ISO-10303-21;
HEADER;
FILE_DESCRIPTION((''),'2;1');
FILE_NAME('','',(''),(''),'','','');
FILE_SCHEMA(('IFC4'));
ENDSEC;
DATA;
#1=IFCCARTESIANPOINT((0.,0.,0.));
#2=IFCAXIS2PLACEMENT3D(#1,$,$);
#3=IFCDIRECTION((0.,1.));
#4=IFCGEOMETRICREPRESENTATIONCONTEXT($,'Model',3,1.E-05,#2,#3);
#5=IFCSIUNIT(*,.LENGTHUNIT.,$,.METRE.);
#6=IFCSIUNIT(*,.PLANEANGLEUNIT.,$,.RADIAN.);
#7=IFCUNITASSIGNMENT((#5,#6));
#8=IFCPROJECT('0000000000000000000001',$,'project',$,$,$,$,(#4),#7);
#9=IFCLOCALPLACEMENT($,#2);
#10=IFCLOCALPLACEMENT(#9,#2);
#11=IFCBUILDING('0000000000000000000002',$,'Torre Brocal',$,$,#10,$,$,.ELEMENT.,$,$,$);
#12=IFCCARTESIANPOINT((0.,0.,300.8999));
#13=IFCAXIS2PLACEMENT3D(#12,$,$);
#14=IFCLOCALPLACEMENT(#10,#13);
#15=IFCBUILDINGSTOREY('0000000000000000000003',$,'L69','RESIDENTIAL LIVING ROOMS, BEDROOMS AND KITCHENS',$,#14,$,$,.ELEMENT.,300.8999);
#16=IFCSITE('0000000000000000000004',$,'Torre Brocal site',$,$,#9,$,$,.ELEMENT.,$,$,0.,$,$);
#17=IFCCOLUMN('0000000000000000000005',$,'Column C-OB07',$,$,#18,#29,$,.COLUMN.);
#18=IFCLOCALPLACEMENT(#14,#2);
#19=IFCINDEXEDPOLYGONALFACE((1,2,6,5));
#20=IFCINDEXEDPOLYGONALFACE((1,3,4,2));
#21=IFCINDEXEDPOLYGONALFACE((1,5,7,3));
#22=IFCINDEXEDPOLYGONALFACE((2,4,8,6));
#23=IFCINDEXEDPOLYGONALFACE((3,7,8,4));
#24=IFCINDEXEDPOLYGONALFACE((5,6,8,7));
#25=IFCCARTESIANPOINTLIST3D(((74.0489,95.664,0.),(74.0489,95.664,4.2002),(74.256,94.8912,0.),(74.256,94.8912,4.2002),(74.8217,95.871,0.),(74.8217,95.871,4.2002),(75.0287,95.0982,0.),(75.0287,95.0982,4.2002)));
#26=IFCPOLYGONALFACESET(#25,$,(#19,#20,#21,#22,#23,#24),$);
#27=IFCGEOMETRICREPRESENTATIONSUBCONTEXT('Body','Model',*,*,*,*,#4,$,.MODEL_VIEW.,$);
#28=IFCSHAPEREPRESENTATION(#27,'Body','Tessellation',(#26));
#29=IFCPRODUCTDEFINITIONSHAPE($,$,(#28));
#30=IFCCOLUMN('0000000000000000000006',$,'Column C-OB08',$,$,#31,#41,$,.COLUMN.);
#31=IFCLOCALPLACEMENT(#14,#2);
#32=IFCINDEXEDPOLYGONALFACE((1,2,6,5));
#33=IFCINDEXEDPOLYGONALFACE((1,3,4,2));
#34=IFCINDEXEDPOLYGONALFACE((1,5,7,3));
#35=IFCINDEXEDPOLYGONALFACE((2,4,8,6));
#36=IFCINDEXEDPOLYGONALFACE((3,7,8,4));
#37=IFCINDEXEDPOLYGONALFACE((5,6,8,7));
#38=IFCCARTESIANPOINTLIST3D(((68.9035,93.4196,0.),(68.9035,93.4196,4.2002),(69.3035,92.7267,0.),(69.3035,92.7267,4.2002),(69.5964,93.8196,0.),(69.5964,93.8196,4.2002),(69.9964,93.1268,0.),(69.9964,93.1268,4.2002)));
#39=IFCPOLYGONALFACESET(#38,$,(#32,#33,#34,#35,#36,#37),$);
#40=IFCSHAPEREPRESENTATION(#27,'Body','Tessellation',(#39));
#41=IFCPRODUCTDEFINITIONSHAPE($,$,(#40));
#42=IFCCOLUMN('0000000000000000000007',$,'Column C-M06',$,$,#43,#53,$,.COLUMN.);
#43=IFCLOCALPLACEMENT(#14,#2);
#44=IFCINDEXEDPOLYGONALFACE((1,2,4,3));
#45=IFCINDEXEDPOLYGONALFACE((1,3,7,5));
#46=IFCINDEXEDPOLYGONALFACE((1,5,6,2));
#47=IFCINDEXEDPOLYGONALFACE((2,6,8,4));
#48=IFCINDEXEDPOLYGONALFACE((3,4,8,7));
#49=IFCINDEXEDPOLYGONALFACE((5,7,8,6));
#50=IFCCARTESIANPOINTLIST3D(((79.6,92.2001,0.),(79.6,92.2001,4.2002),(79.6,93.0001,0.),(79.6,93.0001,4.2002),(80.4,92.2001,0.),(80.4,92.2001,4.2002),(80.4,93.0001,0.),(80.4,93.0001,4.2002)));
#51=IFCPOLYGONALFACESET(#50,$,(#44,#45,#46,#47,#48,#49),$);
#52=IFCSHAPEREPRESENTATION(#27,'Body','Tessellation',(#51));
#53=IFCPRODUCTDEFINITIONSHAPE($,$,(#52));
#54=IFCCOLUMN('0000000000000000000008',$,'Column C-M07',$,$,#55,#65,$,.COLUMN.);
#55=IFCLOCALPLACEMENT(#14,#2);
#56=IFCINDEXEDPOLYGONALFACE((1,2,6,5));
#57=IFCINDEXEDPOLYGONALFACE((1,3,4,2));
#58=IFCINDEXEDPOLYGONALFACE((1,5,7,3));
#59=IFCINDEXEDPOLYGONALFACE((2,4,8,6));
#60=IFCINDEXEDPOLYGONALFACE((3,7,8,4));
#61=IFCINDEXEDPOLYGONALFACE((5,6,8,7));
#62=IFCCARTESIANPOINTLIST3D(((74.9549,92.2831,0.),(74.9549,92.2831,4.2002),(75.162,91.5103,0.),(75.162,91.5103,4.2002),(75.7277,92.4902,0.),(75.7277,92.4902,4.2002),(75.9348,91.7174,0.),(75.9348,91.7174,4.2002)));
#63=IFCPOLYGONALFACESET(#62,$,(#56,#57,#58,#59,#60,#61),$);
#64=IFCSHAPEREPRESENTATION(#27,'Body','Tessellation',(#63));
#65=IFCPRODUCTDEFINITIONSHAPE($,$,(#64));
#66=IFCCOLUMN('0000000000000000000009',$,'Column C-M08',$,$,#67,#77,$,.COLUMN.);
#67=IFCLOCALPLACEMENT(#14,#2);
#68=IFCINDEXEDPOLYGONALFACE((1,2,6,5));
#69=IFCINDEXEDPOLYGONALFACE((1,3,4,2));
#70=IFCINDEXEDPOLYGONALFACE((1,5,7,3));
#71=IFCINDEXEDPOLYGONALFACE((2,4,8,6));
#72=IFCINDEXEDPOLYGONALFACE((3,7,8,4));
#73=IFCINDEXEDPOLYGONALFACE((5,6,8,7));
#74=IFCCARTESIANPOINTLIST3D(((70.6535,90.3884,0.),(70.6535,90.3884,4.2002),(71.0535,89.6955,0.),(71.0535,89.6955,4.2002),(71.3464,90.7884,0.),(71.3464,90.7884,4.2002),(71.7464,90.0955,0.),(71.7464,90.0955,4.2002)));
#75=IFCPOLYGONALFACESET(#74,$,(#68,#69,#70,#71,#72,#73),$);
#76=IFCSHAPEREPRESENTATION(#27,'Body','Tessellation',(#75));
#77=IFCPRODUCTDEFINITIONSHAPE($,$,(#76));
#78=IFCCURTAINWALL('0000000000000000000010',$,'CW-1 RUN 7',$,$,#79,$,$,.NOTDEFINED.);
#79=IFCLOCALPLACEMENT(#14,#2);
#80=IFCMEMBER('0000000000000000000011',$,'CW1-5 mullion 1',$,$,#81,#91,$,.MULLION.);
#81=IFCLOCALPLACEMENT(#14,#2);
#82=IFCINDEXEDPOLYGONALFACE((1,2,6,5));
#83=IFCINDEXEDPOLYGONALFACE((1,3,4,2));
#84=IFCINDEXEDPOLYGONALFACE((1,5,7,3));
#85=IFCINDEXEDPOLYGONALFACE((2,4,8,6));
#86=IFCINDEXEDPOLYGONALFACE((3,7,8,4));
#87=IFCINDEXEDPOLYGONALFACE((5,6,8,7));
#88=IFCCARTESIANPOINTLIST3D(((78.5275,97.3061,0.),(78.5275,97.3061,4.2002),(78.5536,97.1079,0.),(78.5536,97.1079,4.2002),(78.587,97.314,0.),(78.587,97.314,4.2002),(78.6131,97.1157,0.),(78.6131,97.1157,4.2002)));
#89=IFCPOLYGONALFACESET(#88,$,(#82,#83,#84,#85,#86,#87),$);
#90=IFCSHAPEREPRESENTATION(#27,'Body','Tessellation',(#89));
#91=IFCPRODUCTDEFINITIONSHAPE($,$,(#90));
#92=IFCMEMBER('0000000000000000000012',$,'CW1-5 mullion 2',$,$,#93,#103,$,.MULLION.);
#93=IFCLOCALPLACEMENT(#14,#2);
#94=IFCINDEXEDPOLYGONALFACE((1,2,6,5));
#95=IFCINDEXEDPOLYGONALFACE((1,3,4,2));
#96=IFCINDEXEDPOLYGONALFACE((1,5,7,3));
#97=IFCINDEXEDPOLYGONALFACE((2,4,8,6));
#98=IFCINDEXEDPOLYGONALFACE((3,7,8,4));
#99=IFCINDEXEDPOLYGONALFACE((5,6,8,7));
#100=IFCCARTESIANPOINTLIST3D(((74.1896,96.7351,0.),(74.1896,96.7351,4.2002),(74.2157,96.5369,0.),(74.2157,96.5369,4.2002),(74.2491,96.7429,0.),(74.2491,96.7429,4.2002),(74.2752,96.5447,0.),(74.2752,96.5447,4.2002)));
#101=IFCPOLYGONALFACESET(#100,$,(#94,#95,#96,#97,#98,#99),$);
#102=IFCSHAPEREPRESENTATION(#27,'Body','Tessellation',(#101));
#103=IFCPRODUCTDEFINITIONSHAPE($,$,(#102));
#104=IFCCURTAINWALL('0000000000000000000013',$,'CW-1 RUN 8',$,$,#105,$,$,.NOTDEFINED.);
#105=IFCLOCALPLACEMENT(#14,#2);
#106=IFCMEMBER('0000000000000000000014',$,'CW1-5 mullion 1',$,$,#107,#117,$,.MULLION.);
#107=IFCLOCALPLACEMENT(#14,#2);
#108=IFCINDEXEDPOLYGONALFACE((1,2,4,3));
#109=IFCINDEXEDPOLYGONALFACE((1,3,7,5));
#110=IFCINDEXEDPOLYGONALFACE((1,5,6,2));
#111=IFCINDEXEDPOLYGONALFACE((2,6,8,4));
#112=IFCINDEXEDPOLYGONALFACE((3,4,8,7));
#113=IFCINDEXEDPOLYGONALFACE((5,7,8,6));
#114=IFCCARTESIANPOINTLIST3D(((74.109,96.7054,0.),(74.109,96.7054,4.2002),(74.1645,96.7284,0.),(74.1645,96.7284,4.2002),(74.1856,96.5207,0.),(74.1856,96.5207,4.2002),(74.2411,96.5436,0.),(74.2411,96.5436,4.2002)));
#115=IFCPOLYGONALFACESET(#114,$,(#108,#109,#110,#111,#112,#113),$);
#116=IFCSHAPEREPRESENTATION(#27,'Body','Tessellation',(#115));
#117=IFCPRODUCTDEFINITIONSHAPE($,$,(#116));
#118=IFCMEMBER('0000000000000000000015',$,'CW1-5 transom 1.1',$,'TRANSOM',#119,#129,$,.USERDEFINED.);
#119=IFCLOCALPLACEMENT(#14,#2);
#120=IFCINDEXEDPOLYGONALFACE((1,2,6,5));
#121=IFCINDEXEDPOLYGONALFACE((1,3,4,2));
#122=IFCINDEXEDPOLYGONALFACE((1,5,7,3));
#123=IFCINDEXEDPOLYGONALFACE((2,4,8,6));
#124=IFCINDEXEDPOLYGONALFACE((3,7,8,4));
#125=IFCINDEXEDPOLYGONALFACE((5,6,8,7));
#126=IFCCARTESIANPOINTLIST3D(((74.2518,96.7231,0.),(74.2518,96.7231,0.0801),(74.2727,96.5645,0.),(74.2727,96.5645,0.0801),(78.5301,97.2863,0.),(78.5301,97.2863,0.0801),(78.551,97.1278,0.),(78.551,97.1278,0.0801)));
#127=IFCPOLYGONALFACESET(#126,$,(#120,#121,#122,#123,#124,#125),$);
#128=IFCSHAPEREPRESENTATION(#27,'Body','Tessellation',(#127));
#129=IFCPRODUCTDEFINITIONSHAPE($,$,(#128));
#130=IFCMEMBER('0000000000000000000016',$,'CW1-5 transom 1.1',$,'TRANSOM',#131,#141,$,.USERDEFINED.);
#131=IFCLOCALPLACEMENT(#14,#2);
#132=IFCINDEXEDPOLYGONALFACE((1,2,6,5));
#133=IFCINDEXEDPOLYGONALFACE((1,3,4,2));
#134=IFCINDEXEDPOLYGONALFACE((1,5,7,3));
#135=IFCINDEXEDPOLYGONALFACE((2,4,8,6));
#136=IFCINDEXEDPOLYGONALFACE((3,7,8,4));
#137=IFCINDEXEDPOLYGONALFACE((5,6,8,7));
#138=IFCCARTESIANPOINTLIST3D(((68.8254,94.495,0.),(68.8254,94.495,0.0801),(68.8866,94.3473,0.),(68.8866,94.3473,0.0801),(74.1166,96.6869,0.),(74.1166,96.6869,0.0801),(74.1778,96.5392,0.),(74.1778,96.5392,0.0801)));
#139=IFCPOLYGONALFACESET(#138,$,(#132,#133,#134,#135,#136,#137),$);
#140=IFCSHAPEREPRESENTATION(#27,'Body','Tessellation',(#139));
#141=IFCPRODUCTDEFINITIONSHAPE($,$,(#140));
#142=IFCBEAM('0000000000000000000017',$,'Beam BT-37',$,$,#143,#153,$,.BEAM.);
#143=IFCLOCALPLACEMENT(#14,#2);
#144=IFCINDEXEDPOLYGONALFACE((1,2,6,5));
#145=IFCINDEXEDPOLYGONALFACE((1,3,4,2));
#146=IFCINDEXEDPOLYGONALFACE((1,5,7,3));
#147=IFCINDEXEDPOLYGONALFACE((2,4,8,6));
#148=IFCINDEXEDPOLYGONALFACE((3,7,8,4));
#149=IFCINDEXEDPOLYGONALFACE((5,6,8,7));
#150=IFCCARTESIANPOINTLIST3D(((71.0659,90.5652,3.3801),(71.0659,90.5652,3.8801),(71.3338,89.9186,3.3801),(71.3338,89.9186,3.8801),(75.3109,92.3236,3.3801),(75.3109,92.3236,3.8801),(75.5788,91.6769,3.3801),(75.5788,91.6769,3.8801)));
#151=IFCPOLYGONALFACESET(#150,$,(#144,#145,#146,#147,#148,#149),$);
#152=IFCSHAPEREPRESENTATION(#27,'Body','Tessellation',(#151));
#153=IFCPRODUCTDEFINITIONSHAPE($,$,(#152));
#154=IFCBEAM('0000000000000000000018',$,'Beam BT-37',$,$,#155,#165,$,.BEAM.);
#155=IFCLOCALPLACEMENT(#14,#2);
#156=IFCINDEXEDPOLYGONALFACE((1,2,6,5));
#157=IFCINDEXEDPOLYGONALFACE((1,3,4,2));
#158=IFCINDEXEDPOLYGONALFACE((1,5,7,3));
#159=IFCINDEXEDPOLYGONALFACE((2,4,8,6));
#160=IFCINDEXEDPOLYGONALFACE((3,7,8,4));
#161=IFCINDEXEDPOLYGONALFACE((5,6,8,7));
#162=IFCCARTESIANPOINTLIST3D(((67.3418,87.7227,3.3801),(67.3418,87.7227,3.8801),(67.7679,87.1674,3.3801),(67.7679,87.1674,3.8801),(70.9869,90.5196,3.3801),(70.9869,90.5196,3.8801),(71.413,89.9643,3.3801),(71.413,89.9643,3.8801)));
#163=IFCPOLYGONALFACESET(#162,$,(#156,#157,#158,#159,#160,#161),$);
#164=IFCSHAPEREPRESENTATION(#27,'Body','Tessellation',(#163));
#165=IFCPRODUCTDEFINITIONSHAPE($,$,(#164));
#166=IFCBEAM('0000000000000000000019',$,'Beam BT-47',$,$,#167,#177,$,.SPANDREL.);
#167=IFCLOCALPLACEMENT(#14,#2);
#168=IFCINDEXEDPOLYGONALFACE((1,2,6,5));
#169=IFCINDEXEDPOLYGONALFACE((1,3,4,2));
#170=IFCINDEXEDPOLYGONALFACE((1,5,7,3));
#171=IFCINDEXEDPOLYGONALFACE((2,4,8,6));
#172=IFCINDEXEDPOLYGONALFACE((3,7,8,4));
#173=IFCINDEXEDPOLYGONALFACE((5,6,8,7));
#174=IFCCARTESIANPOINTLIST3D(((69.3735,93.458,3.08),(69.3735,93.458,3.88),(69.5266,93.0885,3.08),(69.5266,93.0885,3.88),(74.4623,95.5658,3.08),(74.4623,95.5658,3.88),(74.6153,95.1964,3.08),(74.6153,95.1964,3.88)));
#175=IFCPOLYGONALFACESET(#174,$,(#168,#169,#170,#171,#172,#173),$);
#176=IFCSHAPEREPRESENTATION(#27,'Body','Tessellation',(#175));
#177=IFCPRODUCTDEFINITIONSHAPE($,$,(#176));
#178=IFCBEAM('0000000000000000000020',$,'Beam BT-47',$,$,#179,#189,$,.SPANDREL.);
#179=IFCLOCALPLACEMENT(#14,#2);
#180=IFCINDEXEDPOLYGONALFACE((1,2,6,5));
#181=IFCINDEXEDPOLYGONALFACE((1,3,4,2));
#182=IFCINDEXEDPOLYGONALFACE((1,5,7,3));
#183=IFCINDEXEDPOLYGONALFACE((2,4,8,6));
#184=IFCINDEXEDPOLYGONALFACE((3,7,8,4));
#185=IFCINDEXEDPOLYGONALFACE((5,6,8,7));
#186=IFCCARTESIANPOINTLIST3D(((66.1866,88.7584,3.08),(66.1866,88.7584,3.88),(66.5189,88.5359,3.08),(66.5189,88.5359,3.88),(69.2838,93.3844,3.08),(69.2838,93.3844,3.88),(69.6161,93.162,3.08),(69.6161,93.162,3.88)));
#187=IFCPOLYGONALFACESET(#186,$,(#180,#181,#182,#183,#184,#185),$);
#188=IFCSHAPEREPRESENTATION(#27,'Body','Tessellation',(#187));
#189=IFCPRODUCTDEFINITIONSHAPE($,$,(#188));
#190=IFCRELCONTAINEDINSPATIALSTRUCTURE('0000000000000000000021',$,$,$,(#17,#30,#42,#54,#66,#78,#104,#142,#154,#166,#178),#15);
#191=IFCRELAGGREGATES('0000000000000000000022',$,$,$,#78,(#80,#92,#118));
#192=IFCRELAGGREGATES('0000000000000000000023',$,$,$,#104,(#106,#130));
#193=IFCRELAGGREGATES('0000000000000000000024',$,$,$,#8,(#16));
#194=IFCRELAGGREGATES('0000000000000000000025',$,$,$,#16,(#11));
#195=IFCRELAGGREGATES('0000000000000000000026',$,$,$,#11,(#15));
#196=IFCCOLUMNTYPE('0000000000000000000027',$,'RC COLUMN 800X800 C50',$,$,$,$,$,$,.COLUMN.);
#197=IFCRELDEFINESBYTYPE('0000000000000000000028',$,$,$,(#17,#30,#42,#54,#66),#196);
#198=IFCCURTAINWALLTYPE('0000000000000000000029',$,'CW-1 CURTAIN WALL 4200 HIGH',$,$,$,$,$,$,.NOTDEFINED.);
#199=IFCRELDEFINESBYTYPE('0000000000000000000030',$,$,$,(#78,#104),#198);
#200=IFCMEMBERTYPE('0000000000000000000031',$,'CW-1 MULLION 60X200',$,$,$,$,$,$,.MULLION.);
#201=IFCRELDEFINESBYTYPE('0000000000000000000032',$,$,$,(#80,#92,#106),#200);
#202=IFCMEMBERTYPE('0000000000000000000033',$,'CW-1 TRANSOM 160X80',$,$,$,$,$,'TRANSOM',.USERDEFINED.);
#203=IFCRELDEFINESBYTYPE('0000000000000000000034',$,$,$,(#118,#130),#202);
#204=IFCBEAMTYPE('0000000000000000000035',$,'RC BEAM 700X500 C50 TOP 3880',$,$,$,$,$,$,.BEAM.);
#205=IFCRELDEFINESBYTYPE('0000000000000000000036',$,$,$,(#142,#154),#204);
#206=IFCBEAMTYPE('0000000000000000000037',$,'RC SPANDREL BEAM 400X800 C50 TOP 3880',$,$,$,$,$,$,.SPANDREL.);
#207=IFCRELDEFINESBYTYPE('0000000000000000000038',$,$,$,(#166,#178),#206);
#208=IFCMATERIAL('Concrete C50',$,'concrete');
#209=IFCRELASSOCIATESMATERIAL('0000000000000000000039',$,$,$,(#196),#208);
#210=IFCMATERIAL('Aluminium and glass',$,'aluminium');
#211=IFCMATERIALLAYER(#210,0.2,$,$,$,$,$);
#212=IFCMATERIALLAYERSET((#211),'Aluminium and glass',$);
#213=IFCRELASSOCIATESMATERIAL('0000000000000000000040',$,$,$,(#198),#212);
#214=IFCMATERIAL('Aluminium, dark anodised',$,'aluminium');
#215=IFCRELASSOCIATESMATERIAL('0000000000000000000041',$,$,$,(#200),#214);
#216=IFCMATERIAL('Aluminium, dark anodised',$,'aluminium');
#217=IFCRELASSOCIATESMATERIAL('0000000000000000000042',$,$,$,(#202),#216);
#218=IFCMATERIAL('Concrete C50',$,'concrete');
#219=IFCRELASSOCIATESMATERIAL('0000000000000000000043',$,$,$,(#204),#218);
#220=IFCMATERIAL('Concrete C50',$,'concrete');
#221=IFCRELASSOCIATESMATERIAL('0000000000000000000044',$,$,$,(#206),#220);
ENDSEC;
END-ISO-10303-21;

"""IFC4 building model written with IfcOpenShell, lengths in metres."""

from ifc_helpers import new_model, si_unit, direction, frame, origin, origin_2d, place, context, subcontext, project, spatial, rectangle, extrude, material, layer, layer_set, material_profile, profile_set, type_object, element, aggregate, save


model = new_model("IFC4")

# Units and contexts
model_context = context("Model", 3, precision=1e-05, world=origin(), true_north=direction((0.0, 1.0)))
body_context = subcontext(model_context, "Body", "Model", "MODEL_VIEW")
ifc_project = project(units=[si_unit("LENGTHUNIT", "METRE"), si_unit("PLANEANGLEUNIT", "RADIAN")], contexts=[model_context])

# Site, building, storey
site_placement = place(None, origin())
site = spatial("IfcSite", under=ifc_project, at=site_placement, Name="Torre Brocal site", CompositionType="ELEMENT", RefElevation=0.0)
building_placement = place(site_placement, origin())
building = spatial("IfcBuilding", under=site, at=building_placement, Name="Torre Brocal", CompositionType="ELEMENT")
storey_placement = place(building_placement, frame((0.0, 0.0, 300.8999)))
storey = spatial("IfcBuildingStorey", under=building, at=storey_placement, Name="L69", Description="RESIDENTIAL LIVING ROOMS, BEDROOMS AND KITCHENS", CompositionType="ELEMENT", Elevation=300.8999)

# Columns
ifc_material_1 = material(Name="Concrete C50", Category="concrete")
ifc_material_profile_1 = material_profile(ifc_material_1, rectangle(XDim=0.8, YDim=0.8, at=origin_2d()), Name="RC 800X800")
ifc_profile_set_1 = profile_set([ifc_material_profile_1], Name="Concrete C50")
column_type = type_object("IfcColumnType", Name="RC COLUMN 800X800 C50", PredefinedType="COLUMN", material=ifc_profile_set_1)
for number, where, z_axis, x_axis, name in (
    (1, (74.5388, 95.3811, 0.0), (0.0, 0.0, 1.0), (-0.258819, 0.965926, 0.0), "Column C-OB07"),
    (2, (69.45, 93.2732, 0.0), (0.0, 0.0, 1.0), (-0.5, 0.866025, 0.0), "Column C-OB08"),
    (3, (80.0, 92.6001, 0.0), (0.0, 0.0, 1.0), (0.0, 1.0, 0.0), "Column C-M06"),
    (4, (75.4448, 92.0002, 0.0), (0.0, 0.0, 1.0), (-0.258819, 0.965926, 0.0), "Column C-M07"),
    (5, (71.2, 90.2419, 0.0), (0.0, 0.0, 1.0), (-0.5, 0.866025, 0.0), "Column C-M08"),
):
    element("IfcColumn", number, at=place(storey_placement, frame(where, z_axis=z_axis, x_axis=x_axis)), inside=storey, type_object=column_type, Name=name, PredefinedType="COLUMN", context=body_context, shape_type="SweptSolid", body=[
        extrude(rectangle(XDim=0.8, YDim=0.8, at=origin_2d()), origin(), (0.0, 0.0, 1.0), 4.2002),
    ])

# Curtain wall, members
ifc_material_2 = material(Name="Aluminium and glass", Category="aluminium")
ifc_layer_1 = layer(ifc_material_2, 0.2)
ifc_layer_set_1 = layer_set([ifc_layer_1], Name="Aluminium and glass")
curtain_wall_type = type_object("IfcCurtainWallType", Name="CW-1 CURTAIN WALL 4200 HIGH", PredefinedType="NOTDEFINED", material=ifc_layer_set_1)
curtain_wall_1_placement = place(storey_placement, origin())
curtain_wall_1 = element("IfcCurtainWall", 6, at=curtain_wall_1_placement, inside=storey, type_object=curtain_wall_type, Name="CW-1 RUN 7", PredefinedType="NOTDEFINED")
ifc_material_3 = material(Name="Aluminium, dark anodised", Category="aluminium")
ifc_material_profile_2 = material_profile(ifc_material_3, rectangle(XDim=0.2, YDim=0.0601, at=origin_2d()), Name="CW-1 MULLION 60X200")
ifc_profile_set_2 = profile_set([ifc_material_profile_2], Name="Aluminium, dark anodised")
member_type_1 = type_object("IfcMemberType", Name="CW-1 MULLION 60X200", PredefinedType="MULLION", material=ifc_profile_set_2)
member_1_placement = place(storey_placement, frame((78.5703, 97.2109, 0.0), z_axis=(0.0, 0.0, 1.0), x_axis=(0.130526, -0.991445, 0.0)))
member_1 = element("IfcMember", 7, at=member_1_placement, type_object=member_type_1, Name="CW1-5 mullion 1", PredefinedType="MULLION", context=body_context, shape_type="SweptSolid", body=[
    extrude(rectangle(XDim=0.2, YDim=0.0601, at=origin_2d()), origin(), (0.0, 0.0, 1.0), 4.2002),
])
member_2_placement = place(storey_placement, frame((74.2324, 96.6399, 0.0), z_axis=(0.0, 0.0, 1.0), x_axis=(0.130526, -0.991445, 0.0)))
member_2 = element("IfcMember", 8, at=member_2_placement, type_object=member_type_1, Name="CW1-5 mullion 2", PredefinedType="MULLION", context=body_context, shape_type="SweptSolid", body=[
    extrude(rectangle(XDim=0.2, YDim=0.0601, at=origin_2d()), origin(), (0.0, 0.0, 1.0), 4.2002),
])

# Curtain wall, member
curtain_wall_2_placement = place(storey_placement, origin())
curtain_wall_2 = element("IfcCurtainWall", 9, at=curtain_wall_2_placement, inside=storey, type_object=curtain_wall_type, Name="CW-1 RUN 8", PredefinedType="NOTDEFINED")
member_3_placement = place(storey_placement, frame((74.175, 96.6245, 0.0), z_axis=(0.0, 0.0, 1.0), x_axis=(0.382683, -0.92388, 0.0)))
member_3 = element("IfcMember", 10, at=member_3_placement, type_object=member_type_1, Name="CW1-5 mullion 1", PredefinedType="MULLION", context=body_context, shape_type="SweptSolid", body=[
    extrude(rectangle(XDim=0.2, YDim=0.0601, at=origin_2d()), origin(), (0.0, 0.0, 1.0), 4.2002),
])

# Members
ifc_material_4 = material(Name="Aluminium, dark anodised", Category="aluminium")
ifc_material_profile_3 = material_profile(ifc_material_4, rectangle(XDim=0.1599, YDim=0.0801, at=origin_2d()), Name="CW-1 TRANSOM 160X80")
ifc_profile_set_3 = profile_set([ifc_material_profile_3], Name="Aluminium, dark anodised")
member_type_2 = type_object("IfcMemberType", Name="CW-1 TRANSOM 160X80", ElementType="TRANSOM", PredefinedType="USERDEFINED", material=ifc_profile_set_3)
member_4_placement = place(storey_placement, frame((78.5405, 97.207, 0.04), z_axis=(-0.991445, -0.130522, 0.0), x_axis=(0.130522, -0.991445, 0.0)))
member_4 = element("IfcMember", 11, at=member_4_placement, type_object=member_type_2, Name="CW1-5 transom 1.1", ObjectType="TRANSOM", PredefinedType="USERDEFINED", context=body_context, shape_type="SweptSolid", body=[
    extrude(rectangle(XDim=0.1599, YDim=0.0801, at=origin_2d()), origin(), (0.0, 0.0, 1.0), 4.3152),
])
member_5_placement = place(storey_placement, frame((74.1472, 96.613, 0.04), z_axis=(-0.923868, -0.382711, 0.0), x_axis=(0.382711, -0.923868, 0.0)))
member_5 = element("IfcMember", 12, at=member_5_placement, type_object=member_type_2, Name="CW1-5 transom 1.1", ObjectType="TRANSOM", PredefinedType="USERDEFINED", context=body_context, shape_type="SweptSolid", body=[
    extrude(rectangle(XDim=0.1599, YDim=0.0801, at=origin_2d()), origin(), (0.0, 0.0, 1.0), 5.7273),
])

# Beams
ifc_material_5 = material(Name="Concrete C50", Category="concrete")
ifc_material_profile_4 = material_profile(ifc_material_5, rectangle(XDim=0.7, YDim=0.5, at=origin_2d()), Name="RC 700X500")
ifc_profile_set_4 = profile_set([ifc_material_profile_4], Name="Concrete C50")
beam_type_1 = type_object("IfcBeamType", Name="RC BEAM 700X500 C50 TOP 3880", PredefinedType="BEAM", material=ifc_profile_set_4)
beam_1_placement = place(storey_placement, frame((75.4448, 92.0002, 3.6301), z_axis=(-0.923878, -0.382687, 0.0), x_axis=(0.382687, -0.923878, 0.0)))
element("IfcBeam", 13, at=beam_1_placement, inside=storey, type_object=beam_type_1, Name="Beam BT-37", PredefinedType="BEAM", context=body_context, shape_type="SweptSolid", body=[
    extrude(rectangle(XDim=0.7, YDim=0.5, at=origin_2d()), origin(), (0.0, 0.0, 1.0), 4.5947),
])
beam_2_placement = place(storey_placement, frame((71.2, 90.2419, 3.6301), z_axis=(-0.793358, -0.608755, 0.0), x_axis=(0.608755, -0.793358, 0.0)))
element("IfcBeam", 14, at=beam_2_placement, inside=storey, type_object=beam_type_1, Name="Beam BT-37", PredefinedType="BEAM", context=body_context, shape_type="SweptSolid", body=[
    extrude(rectangle(XDim=0.7, YDim=0.5, at=origin_2d()), origin(), (0.0, 0.0, 1.0), 4.5945),
])
ifc_material_6 = material(Name="Concrete C50", Category="concrete")
ifc_material_profile_5 = material_profile(ifc_material_6, rectangle(XDim=0.3999, YDim=0.8, at=origin_2d()), Name="RC 400X800")
ifc_profile_set_5 = profile_set([ifc_material_profile_5], Name="Concrete C50")
beam_type_2 = type_object("IfcBeamType", Name="RC SPANDREL BEAM 400X800 C50 TOP 3880", PredefinedType="SPANDREL", material=ifc_profile_set_5)
beam_3_placement = place(storey_placement, frame((74.5388, 95.3811, 3.48), z_axis=(-0.923877, -0.382688, 0.0), x_axis=(0.382688, -0.923877, 0.0)))
element("IfcBeam", 15, at=beam_3_placement, inside=storey, type_object=beam_type_2, Name="Beam BT-47", PredefinedType="SPANDREL", context=body_context, shape_type="SweptSolid", body=[
    extrude(rectangle(XDim=0.3999, YDim=0.8, at=origin_2d()), origin(), (0.0, 0.0, 1.0), 5.5081),
])
beam_4_placement = place(storey_placement, frame((69.45, 93.2732, 3.48), z_axis=(-0.556339, -0.830956, 0.0), x_axis=(0.830956, -0.556339, 0.0)))
element("IfcBeam", 16, at=beam_4_placement, inside=storey, type_object=beam_type_2, Name="Beam BT-47", PredefinedType="SPANDREL", context=body_context, shape_type="SweptSolid", body=[
    extrude(rectangle(XDim=0.3999, YDim=0.8, at=origin_2d()), origin(), (0.0, 0.0, 1.0), 5.5671),
])

aggregate(curtain_wall_1, [member_1, member_2, member_4])
aggregate(curtain_wall_2, [member_3, member_5])

save(model, "model.ifc")
